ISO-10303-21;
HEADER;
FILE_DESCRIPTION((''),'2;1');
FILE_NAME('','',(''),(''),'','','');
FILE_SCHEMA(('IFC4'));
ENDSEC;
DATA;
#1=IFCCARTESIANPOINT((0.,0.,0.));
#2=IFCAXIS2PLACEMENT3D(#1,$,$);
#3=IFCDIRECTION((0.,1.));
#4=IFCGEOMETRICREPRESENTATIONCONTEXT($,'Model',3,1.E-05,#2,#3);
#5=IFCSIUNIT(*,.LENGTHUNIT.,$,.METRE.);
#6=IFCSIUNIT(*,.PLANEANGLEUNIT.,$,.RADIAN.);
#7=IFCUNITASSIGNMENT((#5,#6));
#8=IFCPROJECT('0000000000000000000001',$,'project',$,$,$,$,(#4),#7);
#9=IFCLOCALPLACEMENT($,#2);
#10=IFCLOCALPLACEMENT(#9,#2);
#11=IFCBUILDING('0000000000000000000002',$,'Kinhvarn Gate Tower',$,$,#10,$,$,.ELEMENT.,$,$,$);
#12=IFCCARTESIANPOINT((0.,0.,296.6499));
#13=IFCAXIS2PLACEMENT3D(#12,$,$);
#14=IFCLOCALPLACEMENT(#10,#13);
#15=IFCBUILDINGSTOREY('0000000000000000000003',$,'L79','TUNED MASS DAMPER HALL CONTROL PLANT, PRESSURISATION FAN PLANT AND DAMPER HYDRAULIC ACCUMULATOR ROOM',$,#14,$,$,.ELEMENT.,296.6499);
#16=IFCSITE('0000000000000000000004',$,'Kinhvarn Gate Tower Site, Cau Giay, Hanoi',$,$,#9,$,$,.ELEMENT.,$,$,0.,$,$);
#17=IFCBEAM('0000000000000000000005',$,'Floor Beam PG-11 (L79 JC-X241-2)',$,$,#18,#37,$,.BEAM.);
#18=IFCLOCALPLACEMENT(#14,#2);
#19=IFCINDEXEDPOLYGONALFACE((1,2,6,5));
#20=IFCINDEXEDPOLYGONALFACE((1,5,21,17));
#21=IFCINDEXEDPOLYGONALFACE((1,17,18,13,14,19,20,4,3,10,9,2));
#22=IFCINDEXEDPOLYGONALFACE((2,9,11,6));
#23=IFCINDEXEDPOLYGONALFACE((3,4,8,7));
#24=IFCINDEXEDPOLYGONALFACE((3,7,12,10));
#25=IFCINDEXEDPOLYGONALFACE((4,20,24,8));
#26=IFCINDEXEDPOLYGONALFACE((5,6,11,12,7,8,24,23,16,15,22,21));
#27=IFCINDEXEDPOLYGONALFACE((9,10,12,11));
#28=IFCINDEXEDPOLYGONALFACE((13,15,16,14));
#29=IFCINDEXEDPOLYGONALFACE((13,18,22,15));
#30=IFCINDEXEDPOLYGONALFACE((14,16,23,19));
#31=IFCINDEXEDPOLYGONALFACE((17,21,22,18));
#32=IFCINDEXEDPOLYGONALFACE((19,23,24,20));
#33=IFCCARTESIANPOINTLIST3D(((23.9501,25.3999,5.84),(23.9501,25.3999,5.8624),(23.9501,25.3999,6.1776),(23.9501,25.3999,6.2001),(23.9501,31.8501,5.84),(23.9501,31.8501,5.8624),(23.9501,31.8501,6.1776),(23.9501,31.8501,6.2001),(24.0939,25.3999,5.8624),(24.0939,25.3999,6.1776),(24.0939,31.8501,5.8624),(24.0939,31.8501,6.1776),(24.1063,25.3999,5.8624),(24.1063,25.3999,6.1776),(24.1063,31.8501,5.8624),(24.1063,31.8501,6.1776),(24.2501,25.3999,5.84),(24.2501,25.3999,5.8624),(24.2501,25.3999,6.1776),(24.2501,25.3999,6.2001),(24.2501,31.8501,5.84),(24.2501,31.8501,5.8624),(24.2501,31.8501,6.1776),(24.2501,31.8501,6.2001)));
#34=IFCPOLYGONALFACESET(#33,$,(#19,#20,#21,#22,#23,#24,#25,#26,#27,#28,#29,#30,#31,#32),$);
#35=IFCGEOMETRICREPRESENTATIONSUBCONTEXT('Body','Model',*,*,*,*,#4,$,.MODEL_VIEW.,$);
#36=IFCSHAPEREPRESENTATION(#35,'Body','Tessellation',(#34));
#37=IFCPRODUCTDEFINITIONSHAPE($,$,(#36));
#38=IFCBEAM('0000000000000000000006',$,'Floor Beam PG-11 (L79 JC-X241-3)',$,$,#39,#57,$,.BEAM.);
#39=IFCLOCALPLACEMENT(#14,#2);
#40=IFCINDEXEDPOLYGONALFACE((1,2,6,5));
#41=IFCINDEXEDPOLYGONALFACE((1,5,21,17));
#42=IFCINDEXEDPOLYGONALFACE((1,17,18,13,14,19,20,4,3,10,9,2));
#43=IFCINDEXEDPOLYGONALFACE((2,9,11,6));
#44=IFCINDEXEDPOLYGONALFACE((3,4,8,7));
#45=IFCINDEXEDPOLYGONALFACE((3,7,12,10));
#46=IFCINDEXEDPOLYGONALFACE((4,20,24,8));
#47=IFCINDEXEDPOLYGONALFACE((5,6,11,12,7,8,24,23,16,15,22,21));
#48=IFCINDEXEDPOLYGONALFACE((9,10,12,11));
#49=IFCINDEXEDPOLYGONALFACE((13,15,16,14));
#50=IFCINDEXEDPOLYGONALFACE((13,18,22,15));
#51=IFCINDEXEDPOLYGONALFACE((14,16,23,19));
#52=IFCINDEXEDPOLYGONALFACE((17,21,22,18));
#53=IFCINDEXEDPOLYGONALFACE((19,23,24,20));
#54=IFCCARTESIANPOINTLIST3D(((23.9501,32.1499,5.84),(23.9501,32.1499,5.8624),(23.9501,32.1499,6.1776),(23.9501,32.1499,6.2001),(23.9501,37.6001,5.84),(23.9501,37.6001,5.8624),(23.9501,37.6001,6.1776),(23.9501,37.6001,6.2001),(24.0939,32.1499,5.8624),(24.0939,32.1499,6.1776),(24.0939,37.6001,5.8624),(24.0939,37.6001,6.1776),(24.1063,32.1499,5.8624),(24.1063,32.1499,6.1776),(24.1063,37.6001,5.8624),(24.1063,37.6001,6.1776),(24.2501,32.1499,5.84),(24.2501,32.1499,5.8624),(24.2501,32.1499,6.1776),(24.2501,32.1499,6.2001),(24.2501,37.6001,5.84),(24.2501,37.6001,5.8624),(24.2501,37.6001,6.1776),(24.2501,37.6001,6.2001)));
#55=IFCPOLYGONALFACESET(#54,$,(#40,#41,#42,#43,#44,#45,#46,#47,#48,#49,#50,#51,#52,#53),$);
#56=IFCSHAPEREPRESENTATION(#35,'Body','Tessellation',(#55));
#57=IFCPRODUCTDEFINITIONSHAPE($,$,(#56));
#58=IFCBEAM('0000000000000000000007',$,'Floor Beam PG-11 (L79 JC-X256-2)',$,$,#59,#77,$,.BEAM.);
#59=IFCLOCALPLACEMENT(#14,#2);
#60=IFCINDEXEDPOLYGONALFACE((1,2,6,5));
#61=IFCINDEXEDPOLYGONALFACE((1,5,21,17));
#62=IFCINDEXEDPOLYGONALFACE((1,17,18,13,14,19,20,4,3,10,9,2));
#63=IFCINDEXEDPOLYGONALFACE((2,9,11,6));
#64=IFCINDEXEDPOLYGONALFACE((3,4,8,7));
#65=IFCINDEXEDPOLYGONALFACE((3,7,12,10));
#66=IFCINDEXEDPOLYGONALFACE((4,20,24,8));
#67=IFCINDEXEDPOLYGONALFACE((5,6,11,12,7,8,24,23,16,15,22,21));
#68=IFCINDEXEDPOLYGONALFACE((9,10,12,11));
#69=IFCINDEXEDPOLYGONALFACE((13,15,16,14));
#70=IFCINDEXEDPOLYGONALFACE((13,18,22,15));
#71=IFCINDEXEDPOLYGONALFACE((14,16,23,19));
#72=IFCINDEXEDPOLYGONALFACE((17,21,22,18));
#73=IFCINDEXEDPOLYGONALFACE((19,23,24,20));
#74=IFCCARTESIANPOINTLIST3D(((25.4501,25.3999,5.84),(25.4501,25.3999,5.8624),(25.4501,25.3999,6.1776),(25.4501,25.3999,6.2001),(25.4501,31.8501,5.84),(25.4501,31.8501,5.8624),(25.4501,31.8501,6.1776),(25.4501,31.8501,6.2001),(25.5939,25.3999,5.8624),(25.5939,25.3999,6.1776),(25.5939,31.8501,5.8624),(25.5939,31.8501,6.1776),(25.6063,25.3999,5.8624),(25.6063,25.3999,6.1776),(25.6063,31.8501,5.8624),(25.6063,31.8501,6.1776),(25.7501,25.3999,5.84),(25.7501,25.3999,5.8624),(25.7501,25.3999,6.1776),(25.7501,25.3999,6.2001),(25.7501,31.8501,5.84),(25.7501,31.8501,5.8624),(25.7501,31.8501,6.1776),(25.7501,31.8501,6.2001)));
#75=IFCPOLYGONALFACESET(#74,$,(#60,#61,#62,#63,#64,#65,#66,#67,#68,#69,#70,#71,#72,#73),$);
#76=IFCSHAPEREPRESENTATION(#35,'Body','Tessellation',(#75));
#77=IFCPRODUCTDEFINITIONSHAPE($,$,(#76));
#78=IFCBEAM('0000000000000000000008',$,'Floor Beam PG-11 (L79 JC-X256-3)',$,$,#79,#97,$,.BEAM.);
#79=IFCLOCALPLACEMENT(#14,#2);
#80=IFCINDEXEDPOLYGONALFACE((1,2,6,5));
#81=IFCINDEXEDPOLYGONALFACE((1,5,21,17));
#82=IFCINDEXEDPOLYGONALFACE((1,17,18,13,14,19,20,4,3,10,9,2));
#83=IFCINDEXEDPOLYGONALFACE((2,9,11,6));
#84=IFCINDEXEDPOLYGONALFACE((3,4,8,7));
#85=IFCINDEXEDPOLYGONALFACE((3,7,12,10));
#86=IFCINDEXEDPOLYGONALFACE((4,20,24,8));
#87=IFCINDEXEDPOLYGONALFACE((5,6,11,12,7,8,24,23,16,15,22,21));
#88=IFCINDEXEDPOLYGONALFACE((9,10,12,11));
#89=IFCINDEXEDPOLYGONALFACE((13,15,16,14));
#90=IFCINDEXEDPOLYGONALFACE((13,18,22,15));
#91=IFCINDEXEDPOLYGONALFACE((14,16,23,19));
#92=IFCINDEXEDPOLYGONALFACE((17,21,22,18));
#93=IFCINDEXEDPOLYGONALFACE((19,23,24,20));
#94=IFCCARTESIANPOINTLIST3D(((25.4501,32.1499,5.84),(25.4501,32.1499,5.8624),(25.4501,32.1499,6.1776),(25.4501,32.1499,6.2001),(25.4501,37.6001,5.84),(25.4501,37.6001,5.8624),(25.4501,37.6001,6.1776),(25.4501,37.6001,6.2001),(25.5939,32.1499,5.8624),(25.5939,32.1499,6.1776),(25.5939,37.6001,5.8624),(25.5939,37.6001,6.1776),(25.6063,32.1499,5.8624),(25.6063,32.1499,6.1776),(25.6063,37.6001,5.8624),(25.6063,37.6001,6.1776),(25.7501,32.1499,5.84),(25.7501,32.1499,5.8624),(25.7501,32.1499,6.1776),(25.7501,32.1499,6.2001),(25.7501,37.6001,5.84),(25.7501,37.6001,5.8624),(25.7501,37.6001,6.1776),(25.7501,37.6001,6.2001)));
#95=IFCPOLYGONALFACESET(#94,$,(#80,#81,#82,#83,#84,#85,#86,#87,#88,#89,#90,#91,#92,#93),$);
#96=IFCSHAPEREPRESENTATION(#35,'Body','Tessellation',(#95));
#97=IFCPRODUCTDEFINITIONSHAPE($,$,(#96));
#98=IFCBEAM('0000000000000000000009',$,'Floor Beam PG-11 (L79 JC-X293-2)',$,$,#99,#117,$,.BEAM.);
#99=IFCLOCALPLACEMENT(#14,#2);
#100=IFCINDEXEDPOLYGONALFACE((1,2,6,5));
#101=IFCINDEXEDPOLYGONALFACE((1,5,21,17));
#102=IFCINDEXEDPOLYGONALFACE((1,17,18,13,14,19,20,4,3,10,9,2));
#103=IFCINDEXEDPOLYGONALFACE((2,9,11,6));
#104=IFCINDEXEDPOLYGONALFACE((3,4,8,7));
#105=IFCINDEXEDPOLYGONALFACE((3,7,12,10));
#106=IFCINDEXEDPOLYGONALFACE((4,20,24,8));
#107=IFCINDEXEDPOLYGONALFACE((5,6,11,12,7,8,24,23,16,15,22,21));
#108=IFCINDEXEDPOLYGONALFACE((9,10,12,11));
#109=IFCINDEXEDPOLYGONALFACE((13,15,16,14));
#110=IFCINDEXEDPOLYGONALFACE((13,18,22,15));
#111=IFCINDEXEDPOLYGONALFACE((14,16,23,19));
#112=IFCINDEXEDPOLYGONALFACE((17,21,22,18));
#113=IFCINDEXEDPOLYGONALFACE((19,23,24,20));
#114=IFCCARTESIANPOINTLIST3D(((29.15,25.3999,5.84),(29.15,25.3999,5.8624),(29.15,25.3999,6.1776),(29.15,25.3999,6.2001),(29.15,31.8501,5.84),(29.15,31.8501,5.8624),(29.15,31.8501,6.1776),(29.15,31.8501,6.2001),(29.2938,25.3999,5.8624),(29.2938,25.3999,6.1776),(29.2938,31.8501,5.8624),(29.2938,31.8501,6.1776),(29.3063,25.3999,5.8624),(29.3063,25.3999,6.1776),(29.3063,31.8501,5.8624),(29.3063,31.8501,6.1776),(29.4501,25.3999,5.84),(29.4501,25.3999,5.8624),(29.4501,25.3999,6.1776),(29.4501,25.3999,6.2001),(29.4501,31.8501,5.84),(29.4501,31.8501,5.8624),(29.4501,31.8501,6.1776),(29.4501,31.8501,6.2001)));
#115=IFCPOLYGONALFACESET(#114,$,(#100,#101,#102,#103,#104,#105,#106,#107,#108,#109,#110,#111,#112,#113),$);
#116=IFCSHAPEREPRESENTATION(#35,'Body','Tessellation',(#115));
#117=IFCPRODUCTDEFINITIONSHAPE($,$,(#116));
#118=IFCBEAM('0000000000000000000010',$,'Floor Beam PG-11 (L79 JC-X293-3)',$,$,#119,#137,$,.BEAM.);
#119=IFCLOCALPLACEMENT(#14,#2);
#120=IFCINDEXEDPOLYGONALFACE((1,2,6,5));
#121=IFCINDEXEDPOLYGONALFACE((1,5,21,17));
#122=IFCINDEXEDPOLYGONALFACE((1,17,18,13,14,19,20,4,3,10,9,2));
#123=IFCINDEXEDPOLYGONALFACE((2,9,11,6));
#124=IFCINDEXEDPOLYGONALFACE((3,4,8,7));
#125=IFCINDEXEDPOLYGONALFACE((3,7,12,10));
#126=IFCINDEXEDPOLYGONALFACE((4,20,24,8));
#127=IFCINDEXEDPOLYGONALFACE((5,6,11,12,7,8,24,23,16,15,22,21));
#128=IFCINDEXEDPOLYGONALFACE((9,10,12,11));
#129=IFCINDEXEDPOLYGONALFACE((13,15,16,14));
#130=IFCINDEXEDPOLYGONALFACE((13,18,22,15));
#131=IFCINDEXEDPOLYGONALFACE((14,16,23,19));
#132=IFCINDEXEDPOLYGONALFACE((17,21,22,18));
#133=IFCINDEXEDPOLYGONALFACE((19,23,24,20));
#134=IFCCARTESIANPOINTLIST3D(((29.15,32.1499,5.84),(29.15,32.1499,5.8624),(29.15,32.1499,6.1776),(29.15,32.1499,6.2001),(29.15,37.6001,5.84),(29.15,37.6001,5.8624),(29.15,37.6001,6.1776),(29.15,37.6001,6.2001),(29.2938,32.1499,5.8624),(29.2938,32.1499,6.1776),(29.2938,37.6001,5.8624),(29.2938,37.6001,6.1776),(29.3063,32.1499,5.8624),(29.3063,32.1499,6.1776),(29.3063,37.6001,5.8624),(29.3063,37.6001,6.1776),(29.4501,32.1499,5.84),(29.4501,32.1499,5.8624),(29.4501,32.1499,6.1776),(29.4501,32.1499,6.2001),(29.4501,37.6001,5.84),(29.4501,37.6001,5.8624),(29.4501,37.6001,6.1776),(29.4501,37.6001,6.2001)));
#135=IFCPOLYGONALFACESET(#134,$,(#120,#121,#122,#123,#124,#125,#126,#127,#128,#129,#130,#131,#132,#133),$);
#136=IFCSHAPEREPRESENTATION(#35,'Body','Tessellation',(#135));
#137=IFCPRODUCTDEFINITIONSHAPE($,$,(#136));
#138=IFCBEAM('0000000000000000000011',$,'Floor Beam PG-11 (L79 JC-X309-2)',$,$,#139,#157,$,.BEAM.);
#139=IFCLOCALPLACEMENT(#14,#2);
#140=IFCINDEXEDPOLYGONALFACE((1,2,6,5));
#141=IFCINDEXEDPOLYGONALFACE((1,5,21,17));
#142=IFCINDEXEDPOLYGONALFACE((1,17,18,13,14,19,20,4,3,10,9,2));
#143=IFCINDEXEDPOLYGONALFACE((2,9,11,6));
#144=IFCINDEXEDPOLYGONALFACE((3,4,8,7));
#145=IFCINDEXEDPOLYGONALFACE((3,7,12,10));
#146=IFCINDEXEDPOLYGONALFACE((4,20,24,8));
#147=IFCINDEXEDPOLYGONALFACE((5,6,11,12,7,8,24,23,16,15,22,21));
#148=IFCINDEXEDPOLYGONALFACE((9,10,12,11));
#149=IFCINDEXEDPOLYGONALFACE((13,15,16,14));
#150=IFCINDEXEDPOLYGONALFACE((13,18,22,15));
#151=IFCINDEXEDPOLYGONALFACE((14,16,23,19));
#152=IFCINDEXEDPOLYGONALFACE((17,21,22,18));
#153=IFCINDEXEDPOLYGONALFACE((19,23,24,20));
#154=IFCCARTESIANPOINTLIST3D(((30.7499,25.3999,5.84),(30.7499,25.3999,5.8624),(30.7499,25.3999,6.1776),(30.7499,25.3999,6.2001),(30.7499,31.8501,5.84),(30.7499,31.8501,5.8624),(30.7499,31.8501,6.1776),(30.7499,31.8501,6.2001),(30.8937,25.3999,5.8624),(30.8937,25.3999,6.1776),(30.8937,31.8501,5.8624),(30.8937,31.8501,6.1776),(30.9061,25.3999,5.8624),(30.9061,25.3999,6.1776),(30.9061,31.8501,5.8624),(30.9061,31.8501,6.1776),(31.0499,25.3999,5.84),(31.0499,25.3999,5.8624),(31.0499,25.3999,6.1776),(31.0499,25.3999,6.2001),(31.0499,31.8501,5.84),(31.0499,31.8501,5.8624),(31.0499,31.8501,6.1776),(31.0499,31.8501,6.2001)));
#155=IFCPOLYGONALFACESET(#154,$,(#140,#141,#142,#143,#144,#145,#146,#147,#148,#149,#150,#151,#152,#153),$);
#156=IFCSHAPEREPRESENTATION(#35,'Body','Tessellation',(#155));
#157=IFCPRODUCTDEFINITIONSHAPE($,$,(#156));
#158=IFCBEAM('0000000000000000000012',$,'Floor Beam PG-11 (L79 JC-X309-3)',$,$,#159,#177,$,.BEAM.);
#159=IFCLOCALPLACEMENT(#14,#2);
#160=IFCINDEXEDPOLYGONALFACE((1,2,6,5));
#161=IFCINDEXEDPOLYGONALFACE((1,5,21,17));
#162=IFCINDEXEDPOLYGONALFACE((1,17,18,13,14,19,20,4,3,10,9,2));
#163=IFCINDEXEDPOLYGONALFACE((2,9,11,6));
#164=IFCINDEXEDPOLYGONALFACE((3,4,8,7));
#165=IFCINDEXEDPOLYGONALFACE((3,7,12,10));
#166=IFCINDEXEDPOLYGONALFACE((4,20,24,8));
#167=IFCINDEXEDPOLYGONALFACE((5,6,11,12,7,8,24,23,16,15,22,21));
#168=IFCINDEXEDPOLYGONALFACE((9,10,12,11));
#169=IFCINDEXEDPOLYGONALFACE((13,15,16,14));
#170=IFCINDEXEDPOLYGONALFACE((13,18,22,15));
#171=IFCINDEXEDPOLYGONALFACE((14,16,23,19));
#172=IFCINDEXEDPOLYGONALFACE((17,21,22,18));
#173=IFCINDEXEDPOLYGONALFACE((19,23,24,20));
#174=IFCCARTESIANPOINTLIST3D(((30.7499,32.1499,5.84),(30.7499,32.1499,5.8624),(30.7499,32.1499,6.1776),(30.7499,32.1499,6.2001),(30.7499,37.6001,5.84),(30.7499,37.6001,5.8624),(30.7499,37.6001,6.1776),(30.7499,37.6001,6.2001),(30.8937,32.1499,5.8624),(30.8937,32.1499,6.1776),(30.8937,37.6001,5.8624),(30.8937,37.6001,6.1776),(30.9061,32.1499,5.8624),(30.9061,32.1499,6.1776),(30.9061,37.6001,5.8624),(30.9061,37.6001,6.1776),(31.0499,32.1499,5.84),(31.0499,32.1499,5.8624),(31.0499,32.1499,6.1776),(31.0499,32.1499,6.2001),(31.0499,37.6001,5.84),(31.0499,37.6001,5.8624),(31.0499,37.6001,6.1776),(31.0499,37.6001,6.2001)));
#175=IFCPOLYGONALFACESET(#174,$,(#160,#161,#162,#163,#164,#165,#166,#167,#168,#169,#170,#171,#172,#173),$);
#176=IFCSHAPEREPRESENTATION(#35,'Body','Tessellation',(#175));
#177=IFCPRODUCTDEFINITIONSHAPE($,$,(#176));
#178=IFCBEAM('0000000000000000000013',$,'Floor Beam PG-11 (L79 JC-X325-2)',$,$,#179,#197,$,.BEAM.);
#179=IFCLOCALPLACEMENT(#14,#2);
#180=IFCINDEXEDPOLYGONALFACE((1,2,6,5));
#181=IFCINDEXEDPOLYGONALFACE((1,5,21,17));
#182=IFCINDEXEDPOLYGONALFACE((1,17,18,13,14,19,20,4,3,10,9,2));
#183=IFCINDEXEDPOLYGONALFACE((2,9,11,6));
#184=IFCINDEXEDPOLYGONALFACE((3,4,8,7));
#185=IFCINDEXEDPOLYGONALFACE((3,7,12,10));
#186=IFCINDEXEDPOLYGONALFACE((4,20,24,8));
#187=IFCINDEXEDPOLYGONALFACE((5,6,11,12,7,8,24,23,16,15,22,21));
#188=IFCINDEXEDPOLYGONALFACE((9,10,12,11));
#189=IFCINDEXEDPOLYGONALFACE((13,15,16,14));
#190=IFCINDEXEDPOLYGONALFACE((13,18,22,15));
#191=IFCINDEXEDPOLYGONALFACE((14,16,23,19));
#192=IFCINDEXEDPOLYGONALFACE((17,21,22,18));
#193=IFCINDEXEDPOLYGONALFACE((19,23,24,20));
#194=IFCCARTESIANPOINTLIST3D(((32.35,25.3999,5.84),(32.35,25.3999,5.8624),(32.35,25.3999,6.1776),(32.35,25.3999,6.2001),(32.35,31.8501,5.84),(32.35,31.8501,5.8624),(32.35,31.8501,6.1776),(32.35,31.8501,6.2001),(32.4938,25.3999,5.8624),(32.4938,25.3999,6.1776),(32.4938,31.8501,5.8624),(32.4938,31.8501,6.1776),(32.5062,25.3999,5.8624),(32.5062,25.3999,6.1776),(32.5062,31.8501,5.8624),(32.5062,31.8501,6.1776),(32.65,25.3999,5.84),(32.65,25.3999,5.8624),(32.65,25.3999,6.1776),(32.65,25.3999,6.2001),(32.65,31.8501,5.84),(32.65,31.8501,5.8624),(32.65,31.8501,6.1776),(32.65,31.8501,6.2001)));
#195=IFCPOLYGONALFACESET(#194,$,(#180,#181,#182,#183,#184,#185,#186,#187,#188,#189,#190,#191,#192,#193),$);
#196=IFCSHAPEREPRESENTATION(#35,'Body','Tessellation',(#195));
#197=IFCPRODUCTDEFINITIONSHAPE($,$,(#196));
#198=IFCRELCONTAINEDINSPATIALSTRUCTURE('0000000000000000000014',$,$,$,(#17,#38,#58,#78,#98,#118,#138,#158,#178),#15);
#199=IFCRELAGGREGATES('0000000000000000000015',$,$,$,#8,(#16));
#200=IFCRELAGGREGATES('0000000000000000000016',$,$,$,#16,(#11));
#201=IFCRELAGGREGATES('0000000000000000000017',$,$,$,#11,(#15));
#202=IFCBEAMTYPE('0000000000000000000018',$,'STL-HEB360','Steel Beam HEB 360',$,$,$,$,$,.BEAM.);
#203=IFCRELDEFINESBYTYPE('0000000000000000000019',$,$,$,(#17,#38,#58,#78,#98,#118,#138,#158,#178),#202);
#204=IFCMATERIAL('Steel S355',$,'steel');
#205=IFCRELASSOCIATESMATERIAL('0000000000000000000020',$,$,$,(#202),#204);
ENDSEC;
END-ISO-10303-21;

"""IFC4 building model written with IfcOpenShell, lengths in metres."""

from ifc_helpers import new_model, si_unit, direction, frame, origin, origin_2d, place, context, subcontext, project, spatial, i_section, extrude, material, material_profile, profile_set, type_object, element, save


model = new_model("IFC4")

# Units and contexts
model_context = context("Model", 3, precision=1e-05, world=origin(), true_north=direction((0.0, 1.0)))
body_context = subcontext(model_context, "Body", "Model", "MODEL_VIEW")
ifc_project = project(units=[si_unit("LENGTHUNIT", "METRE"), si_unit("PLANEANGLEUNIT", "RADIAN")], contexts=[model_context])

# Site, building, storey
site_placement = place(None, origin())
site = spatial("IfcSite", under=ifc_project, at=site_placement, Name="Kinhvarn Gate Tower Site, Cau Giay, Hanoi", CompositionType="ELEMENT", RefElevation=0.0)
building_placement = place(site_placement, origin())
building = spatial("IfcBuilding", under=site, at=building_placement, Name="Kinhvarn Gate Tower", CompositionType="ELEMENT")
storey_placement = place(building_placement, frame((0.0, 0.0, 296.6499)))
storey = spatial("IfcBuildingStorey", under=building, at=storey_placement, Name="L79", Description="TUNED MASS DAMPER HALL CONTROL PLANT, PRESSURISATION FAN PLANT AND DAMPER HYDRAULIC ACCUMULATOR ROOM", CompositionType="ELEMENT", Elevation=296.6499)

# Shared definitions
ifc_material_1 = material(Name="Steel S355", Category="steel")

# Beams
ifc_material_profile_1 = material_profile(ifc_material_1, i_section(OverallWidth=0.3, OverallDepth=0.3601, WebThickness=0.0125, FlangeThickness=0.0225, at=origin_2d()), Name="HEB 360")
ifc_profile_set_1 = profile_set([ifc_material_profile_1], Name="Steel S355")
beam_type_1 = type_object("IfcBeamType", Name="STL-HEB360", Description="Steel Beam HEB 360", PredefinedType="BEAM", material=ifc_profile_set_1)
beam_1_placement = place(storey_placement, frame((24.1001, 25.3999, 6.02), z_axis=(0.0, 1.0, 0.0), x_axis=(-1.0, 0.0, 0.0)))
element("IfcBeam", 1, at=beam_1_placement, inside=storey, type_object=beam_type_1, Name="Floor Beam PG-11 (L79 JC-X241-2)", PredefinedType="BEAM", context=body_context, shape_type="SweptSolid", body=[
    extrude(i_section(OverallWidth=0.3, OverallDepth=0.3601, WebThickness=0.0125, FlangeThickness=0.0225, at=origin_2d()), origin(), (0.0, 0.0, 1.0), 6.4502),
])
beam_2_placement = place(storey_placement, frame((24.1001, 32.1499, 6.02), z_axis=(0.0, 1.0, 0.0), x_axis=(-1.0, 0.0, 0.0)))
element("IfcBeam", 2, at=beam_2_placement, inside=storey, type_object=beam_type_1, Name="Floor Beam PG-11 (L79 JC-X241-3)", PredefinedType="BEAM", context=body_context, shape_type="SweptSolid", body=[
    extrude(i_section(OverallWidth=0.3, OverallDepth=0.3601, WebThickness=0.0125, FlangeThickness=0.0225, at=origin_2d()), origin(), (0.0, 0.0, 1.0), 5.4502),
])
beam_3_placement = place(storey_placement, frame((25.6001, 25.3999, 6.02), z_axis=(0.0, 1.0, 0.0), x_axis=(-1.0, 0.0, 0.0)))
element("IfcBeam", 3, at=beam_3_placement, inside=storey, type_object=beam_type_1, Name="Floor Beam PG-11 (L79 JC-X256-2)", PredefinedType="BEAM", context=body_context, shape_type="SweptSolid", body=[
    extrude(i_section(OverallWidth=0.3, OverallDepth=0.3601, WebThickness=0.0125, FlangeThickness=0.0225, at=origin_2d()), origin(), (0.0, 0.0, 1.0), 6.4502),
])
beam_4_placement = place(storey_placement, frame((25.6001, 32.1499, 6.02), z_axis=(0.0, 1.0, 0.0), x_axis=(-1.0, 0.0, 0.0)))
element("IfcBeam", 4, at=beam_4_placement, inside=storey, type_object=beam_type_1, Name="Floor Beam PG-11 (L79 JC-X256-3)", PredefinedType="BEAM", context=body_context, shape_type="SweptSolid", body=[
    extrude(i_section(OverallWidth=0.3, OverallDepth=0.3601, WebThickness=0.0125, FlangeThickness=0.0225, at=origin_2d()), origin(), (0.0, 0.0, 1.0), 5.4502),
])
beam_5_placement = place(storey_placement, frame((29.3, 25.3999, 6.02), z_axis=(0.0, 1.0, 0.0), x_axis=(-1.0, 0.0, 0.0)))
element("IfcBeam", 5, at=beam_5_placement, inside=storey, type_object=beam_type_1, Name="Floor Beam PG-11 (L79 JC-X293-2)", PredefinedType="BEAM", context=body_context, shape_type="SweptSolid", body=[
    extrude(i_section(OverallWidth=0.3, OverallDepth=0.3601, WebThickness=0.0125, FlangeThickness=0.0225, at=origin_2d()), origin(), (0.0, 0.0, 1.0), 6.4502),
])
beam_6_placement = place(storey_placement, frame((29.3, 32.1499, 6.02), z_axis=(0.0, 1.0, 0.0), x_axis=(-1.0, 0.0, 0.0)))
element("IfcBeam", 6, at=beam_6_placement, inside=storey, type_object=beam_type_1, Name="Floor Beam PG-11 (L79 JC-X293-3)", PredefinedType="BEAM", context=body_context, shape_type="SweptSolid", body=[
    extrude(i_section(OverallWidth=0.3, OverallDepth=0.3601, WebThickness=0.0125, FlangeThickness=0.0225, at=origin_2d()), origin(), (0.0, 0.0, 1.0), 5.4502),
])
beam_7_placement = place(storey_placement, frame((30.8999, 25.3999, 6.02), z_axis=(0.0, 1.0, 0.0), x_axis=(-1.0, 0.0, 0.0)))
element("IfcBeam", 7, at=beam_7_placement, inside=storey, type_object=beam_type_1, Name="Floor Beam PG-11 (L79 JC-X309-2)", PredefinedType="BEAM", context=body_context, shape_type="SweptSolid", body=[
    extrude(i_section(OverallWidth=0.3, OverallDepth=0.3601, WebThickness=0.0125, FlangeThickness=0.0225, at=origin_2d()), origin(), (0.0, 0.0, 1.0), 6.4502),
])
beam_8_placement = place(storey_placement, frame((30.8999, 32.1499, 6.02), z_axis=(0.0, 1.0, 0.0), x_axis=(-1.0, 0.0, 0.0)))
element("IfcBeam", 8, at=beam_8_placement, inside=storey, type_object=beam_type_1, Name="Floor Beam PG-11 (L79 JC-X309-3)", PredefinedType="BEAM", context=body_context, shape_type="SweptSolid", body=[
    extrude(i_section(OverallWidth=0.3, OverallDepth=0.3601, WebThickness=0.0125, FlangeThickness=0.0225, at=origin_2d()), origin(), (0.0, 0.0, 1.0), 5.4502),
])
beam_9_placement = place(storey_placement, frame((32.5, 25.3999, 6.02), z_axis=(0.0, 1.0, 0.0), x_axis=(-1.0, 0.0, 0.0)))
element("IfcBeam", 9, at=beam_9_placement, inside=storey, type_object=beam_type_1, Name="Floor Beam PG-11 (L79 JC-X325-2)", PredefinedType="BEAM", context=body_context, shape_type="SweptSolid", body=[
    extrude(i_section(OverallWidth=0.3, OverallDepth=0.3601, WebThickness=0.0125, FlangeThickness=0.0225, at=origin_2d()), origin(), (0.0, 0.0, 1.0), 6.4502),
])

save(model, "model.ifc")
